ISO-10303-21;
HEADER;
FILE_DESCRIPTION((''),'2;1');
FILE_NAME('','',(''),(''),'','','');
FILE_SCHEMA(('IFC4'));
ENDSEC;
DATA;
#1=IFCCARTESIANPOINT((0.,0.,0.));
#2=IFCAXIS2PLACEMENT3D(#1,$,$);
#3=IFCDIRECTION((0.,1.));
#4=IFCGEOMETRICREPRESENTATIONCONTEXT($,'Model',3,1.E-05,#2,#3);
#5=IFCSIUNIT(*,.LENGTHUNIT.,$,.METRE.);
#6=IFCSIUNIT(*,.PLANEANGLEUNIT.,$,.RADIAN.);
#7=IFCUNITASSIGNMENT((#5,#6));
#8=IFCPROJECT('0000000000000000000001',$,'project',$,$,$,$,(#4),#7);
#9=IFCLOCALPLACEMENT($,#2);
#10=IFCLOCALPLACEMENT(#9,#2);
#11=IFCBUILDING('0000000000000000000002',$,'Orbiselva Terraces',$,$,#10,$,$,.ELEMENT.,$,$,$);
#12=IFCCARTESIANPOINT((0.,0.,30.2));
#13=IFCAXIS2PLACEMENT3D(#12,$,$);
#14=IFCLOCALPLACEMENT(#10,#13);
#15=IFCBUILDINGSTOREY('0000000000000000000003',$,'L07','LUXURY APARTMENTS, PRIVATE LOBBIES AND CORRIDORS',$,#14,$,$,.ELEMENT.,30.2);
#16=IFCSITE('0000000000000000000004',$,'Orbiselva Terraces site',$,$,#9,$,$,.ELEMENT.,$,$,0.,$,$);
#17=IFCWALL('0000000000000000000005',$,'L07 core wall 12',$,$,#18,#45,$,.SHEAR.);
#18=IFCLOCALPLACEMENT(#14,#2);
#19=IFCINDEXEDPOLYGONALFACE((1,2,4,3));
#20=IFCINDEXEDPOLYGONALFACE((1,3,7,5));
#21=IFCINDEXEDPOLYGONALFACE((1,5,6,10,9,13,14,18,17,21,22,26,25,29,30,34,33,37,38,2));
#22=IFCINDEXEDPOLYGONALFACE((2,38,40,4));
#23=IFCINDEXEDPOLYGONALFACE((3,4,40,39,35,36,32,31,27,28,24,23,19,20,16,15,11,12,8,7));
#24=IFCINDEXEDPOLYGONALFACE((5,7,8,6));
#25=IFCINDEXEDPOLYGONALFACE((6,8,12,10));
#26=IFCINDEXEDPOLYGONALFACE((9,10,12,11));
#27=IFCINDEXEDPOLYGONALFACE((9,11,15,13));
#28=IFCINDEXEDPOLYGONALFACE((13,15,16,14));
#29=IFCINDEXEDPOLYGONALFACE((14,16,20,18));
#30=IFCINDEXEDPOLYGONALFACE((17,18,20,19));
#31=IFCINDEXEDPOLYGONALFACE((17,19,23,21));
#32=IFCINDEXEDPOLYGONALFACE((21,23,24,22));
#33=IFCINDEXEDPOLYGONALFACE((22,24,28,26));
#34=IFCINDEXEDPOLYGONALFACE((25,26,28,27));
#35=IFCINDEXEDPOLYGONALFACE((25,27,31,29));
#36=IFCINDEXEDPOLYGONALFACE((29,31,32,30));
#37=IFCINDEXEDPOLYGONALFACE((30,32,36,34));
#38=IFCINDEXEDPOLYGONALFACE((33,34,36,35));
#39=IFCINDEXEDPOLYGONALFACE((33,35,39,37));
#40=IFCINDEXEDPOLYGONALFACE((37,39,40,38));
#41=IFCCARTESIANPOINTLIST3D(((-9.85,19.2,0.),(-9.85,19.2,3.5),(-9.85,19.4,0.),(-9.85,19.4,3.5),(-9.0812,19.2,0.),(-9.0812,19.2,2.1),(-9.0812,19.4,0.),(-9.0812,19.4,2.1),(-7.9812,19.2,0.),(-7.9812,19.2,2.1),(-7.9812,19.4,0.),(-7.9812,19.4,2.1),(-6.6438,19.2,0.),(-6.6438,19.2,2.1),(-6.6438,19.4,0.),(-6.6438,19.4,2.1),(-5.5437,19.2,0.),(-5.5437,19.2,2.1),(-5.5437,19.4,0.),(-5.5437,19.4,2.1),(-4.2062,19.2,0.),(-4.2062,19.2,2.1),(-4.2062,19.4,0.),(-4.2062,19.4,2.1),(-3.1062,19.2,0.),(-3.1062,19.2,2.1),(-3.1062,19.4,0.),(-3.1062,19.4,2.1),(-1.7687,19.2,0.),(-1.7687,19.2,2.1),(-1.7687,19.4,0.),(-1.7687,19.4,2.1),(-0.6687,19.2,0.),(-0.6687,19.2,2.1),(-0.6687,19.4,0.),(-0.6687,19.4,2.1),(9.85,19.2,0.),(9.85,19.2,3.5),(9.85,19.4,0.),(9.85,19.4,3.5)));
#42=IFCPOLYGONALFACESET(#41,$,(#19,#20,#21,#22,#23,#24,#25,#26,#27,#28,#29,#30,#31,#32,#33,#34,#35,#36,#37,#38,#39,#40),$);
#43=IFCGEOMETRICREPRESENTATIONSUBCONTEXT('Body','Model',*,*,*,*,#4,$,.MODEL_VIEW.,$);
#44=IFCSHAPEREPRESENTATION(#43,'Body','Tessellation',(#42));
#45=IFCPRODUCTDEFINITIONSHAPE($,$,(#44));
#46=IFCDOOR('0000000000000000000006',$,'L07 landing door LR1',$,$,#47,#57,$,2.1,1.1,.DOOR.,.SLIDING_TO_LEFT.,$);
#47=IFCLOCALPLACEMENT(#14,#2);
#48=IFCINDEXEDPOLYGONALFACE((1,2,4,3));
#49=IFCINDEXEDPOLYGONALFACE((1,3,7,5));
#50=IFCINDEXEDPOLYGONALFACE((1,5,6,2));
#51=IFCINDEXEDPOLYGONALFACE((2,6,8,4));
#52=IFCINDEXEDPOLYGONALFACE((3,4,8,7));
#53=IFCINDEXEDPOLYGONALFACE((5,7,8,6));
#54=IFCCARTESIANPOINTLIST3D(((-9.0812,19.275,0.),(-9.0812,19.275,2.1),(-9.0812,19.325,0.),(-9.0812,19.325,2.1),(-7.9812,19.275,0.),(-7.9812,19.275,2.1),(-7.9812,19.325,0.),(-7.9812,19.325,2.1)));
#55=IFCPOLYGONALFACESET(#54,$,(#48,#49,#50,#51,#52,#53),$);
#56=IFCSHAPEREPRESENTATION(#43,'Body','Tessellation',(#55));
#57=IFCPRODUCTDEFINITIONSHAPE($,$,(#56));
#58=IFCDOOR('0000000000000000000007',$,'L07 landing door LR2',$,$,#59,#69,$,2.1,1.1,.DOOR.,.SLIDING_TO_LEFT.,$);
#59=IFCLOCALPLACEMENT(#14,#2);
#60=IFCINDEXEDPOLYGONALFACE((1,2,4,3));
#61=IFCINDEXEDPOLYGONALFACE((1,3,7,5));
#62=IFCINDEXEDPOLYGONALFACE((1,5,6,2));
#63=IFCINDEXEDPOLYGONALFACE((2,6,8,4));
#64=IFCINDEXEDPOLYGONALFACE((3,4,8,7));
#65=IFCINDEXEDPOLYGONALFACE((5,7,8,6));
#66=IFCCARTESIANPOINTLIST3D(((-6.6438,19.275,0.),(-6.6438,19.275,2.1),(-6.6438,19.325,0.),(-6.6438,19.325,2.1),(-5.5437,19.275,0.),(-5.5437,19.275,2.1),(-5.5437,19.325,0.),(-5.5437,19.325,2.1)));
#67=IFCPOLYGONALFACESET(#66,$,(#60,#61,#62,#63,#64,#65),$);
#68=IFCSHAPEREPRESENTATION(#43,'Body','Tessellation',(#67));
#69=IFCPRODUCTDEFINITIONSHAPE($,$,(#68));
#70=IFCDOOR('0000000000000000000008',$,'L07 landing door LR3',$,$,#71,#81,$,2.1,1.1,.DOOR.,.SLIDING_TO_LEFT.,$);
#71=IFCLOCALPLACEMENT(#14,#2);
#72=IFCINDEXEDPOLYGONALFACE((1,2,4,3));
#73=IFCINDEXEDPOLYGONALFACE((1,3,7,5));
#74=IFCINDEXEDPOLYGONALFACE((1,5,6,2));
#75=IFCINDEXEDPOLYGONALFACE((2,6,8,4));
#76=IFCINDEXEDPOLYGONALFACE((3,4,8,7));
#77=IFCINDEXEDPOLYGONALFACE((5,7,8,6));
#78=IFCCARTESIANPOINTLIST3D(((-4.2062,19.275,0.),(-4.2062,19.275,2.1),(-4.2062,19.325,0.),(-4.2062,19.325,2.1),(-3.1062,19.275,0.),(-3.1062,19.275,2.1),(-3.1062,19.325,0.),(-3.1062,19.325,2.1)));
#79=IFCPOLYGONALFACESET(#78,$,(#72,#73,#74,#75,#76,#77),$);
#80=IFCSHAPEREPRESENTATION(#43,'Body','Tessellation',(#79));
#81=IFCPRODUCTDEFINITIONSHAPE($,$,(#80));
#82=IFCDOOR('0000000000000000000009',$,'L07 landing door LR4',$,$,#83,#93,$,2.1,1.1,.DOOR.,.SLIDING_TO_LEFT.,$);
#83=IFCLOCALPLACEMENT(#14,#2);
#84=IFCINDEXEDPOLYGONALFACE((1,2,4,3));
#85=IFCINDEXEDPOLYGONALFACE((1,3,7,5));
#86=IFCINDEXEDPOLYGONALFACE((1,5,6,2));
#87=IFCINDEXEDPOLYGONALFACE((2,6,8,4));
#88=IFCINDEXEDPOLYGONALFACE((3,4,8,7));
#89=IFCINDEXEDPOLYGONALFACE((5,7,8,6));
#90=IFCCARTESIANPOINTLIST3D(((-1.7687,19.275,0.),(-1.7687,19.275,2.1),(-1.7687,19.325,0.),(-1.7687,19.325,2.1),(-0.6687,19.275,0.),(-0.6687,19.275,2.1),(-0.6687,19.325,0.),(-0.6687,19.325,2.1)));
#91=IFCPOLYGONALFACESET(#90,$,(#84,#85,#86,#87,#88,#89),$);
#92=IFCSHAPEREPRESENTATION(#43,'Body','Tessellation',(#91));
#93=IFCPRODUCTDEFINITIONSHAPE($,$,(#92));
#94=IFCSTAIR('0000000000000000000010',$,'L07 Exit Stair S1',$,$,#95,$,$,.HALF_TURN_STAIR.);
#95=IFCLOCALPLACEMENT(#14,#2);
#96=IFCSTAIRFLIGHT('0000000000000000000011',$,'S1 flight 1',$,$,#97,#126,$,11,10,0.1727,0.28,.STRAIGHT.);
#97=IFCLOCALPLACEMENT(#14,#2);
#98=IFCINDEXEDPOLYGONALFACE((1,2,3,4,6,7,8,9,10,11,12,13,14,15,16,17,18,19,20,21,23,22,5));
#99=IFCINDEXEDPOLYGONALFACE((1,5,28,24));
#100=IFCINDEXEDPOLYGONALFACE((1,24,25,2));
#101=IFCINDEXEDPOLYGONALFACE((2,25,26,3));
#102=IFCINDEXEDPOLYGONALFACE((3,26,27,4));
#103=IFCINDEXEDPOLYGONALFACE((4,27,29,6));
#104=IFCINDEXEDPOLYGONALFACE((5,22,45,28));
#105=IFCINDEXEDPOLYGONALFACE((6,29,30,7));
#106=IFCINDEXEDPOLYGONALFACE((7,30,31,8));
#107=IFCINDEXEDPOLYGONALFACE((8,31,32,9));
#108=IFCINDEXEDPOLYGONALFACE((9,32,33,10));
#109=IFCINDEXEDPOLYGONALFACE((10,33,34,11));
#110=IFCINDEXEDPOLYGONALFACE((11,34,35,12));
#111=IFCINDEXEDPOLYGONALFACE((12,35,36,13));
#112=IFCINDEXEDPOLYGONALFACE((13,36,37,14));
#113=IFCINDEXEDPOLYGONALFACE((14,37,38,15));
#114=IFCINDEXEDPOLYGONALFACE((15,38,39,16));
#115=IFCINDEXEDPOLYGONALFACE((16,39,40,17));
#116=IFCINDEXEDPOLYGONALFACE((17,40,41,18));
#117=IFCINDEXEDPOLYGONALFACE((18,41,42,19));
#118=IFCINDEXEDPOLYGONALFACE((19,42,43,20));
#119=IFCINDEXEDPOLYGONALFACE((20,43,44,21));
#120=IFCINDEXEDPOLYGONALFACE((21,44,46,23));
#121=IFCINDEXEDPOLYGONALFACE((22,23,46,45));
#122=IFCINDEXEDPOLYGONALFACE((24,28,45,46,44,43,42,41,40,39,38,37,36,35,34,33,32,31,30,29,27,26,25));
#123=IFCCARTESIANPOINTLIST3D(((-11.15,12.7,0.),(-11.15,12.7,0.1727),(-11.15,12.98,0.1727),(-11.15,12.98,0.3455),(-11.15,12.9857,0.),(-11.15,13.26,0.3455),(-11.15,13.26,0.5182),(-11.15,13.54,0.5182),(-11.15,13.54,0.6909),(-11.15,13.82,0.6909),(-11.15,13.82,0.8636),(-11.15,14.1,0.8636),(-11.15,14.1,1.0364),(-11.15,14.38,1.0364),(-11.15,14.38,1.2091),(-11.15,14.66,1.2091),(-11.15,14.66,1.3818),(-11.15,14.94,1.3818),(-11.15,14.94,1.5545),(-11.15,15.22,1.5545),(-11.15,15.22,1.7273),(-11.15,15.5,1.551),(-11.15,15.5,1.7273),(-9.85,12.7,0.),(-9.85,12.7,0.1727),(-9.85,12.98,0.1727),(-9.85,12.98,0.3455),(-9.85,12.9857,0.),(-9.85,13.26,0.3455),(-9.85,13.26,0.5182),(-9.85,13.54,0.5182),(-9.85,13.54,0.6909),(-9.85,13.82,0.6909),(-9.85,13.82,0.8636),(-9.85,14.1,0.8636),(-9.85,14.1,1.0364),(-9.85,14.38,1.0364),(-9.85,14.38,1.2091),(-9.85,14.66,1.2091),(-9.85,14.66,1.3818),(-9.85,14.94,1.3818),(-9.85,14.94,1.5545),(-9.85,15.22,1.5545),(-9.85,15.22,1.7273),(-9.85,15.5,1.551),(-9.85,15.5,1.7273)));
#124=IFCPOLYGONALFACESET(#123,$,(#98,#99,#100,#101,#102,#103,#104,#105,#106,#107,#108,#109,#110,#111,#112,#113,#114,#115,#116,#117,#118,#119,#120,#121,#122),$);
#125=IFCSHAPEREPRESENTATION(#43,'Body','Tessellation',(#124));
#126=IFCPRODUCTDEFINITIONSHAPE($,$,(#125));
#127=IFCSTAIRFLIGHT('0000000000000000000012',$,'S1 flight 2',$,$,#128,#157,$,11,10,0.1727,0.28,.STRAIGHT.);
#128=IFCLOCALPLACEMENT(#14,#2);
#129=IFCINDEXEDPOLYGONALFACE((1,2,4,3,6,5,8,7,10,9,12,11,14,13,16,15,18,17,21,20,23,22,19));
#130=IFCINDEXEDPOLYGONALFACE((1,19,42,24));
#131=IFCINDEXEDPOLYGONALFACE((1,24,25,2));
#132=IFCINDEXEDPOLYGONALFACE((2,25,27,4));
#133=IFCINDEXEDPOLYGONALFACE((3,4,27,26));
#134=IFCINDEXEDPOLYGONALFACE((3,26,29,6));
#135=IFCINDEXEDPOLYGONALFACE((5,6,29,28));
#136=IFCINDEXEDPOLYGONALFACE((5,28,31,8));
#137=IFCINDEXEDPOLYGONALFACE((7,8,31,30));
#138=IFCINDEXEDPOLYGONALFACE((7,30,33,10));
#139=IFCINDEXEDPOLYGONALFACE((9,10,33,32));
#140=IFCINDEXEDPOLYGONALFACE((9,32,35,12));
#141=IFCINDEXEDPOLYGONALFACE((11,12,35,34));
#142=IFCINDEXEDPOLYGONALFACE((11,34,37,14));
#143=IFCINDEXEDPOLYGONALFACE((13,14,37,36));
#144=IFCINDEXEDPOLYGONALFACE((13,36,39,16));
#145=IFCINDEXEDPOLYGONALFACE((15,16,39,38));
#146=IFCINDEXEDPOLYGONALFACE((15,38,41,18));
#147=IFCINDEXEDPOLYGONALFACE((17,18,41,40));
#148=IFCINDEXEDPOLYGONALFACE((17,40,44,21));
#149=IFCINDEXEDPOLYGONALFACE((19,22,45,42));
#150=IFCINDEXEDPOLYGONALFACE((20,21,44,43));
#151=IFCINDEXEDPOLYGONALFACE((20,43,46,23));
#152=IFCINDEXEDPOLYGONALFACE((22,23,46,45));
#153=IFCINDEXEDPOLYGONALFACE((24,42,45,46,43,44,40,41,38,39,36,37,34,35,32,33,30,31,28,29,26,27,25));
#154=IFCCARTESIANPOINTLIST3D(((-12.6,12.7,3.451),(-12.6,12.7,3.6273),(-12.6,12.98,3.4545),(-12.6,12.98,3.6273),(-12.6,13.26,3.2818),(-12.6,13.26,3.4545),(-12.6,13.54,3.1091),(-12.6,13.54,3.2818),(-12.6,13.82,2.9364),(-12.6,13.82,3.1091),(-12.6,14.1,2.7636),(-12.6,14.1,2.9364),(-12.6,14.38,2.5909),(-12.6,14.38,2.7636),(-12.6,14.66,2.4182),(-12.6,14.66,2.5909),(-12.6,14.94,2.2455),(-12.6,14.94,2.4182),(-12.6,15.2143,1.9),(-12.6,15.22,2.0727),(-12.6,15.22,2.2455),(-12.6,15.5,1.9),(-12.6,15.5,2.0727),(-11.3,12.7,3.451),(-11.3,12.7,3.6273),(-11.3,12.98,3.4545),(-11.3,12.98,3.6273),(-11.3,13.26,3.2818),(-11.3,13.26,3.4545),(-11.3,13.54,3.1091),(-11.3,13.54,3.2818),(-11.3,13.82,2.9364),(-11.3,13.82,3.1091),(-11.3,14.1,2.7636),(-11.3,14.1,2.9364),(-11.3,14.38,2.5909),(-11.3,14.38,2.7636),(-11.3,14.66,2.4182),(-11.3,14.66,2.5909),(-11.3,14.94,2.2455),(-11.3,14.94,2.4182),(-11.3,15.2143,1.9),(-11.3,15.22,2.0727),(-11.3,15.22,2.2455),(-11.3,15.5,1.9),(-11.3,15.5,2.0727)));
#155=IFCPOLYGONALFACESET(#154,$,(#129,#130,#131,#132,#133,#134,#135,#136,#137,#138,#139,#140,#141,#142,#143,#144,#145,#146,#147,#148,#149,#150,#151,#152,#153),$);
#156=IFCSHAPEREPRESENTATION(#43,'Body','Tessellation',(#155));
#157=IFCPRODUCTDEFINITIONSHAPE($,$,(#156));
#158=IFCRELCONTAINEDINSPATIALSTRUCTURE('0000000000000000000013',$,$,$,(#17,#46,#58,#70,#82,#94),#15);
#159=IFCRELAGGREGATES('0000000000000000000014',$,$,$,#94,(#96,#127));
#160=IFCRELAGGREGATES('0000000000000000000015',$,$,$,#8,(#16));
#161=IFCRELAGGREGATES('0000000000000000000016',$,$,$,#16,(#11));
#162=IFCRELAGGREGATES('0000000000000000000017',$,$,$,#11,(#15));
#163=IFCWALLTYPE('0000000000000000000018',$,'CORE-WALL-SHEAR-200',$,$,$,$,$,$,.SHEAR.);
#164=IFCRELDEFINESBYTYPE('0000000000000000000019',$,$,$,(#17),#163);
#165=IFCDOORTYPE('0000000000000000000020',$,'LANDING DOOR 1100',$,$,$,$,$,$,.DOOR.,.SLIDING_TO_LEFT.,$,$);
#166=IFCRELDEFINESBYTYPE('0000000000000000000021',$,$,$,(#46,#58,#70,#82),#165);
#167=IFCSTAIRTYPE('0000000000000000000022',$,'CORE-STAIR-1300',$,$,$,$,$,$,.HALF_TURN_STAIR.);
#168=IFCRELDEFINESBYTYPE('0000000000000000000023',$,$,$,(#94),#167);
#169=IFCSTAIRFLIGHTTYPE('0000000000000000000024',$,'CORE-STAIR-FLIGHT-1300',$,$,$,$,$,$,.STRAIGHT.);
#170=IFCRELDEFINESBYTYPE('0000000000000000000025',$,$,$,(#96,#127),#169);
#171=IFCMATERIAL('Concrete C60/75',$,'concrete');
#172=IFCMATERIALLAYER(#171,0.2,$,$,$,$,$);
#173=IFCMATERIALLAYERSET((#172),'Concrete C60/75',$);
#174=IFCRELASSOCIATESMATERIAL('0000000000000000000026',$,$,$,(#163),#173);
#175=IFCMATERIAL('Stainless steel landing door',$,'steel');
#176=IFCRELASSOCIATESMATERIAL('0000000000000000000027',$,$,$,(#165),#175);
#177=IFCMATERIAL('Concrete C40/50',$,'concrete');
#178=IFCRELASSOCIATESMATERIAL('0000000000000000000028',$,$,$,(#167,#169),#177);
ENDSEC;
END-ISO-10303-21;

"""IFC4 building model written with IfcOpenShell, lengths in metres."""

from ifc_helpers import new_model, si_unit, direction, frame, frame_2d, origin, place, context, subcontext, project, spatial, polyline, rectangle, outline, extrude, material, layer, layer_set, type_object, element, fill, aggregate, save


model = new_model("IFC4")

# Units and contexts
model_context = context("Model", 3, precision=1e-05, world=origin(), true_north=direction((0.0, 1.0)))
body_context = subcontext(model_context, "Body", "Model", "MODEL_VIEW")
ifc_project = project(units=[si_unit("LENGTHUNIT", "METRE"), si_unit("PLANEANGLEUNIT", "RADIAN")], contexts=[model_context])

# Site, building, storey
site_placement = place(None, origin())
site = spatial("IfcSite", under=ifc_project, at=site_placement, Name="Orbiselva Terraces site", CompositionType="ELEMENT", RefElevation=0.0)
building_placement = place(site_placement, origin())
building = spatial("IfcBuilding", under=site, at=building_placement, Name="Orbiselva Terraces", CompositionType="ELEMENT")
storey_placement = place(building_placement, frame((0.0, 0.0, 30.2)))
storey = spatial("IfcBuildingStorey", under=building, at=storey_placement, Name="L07", Description="LUXURY APARTMENTS, PRIVATE LOBBIES AND CORRIDORS", CompositionType="ELEMENT", Elevation=30.2)

# Shared definitions
ifc_material_1 = material(Name="Concrete C40/50", Category="concrete")
ifc_material_2 = material(Name="Concrete C60/75", Category="concrete")
ifc_layer_1 = layer(ifc_material_2, 0.2)
ifc_layer_set_1 = layer_set([ifc_layer_1], Name="Concrete C60/75")
wall_type_1 = type_object("IfcWallType", Name="CORE-WALL-SHEAR-200", PredefinedType="SHEAR", material=ifc_layer_set_1)

# Wall, openings, doors
wall_1_placement = place(storey_placement, frame((-9.85, 19.3, 0.0), z_axis=(0.0, 0.0, 1.0), x_axis=(1.0, 0.0, 0.0)))
wall_1 = element("IfcWall", 1, at=wall_1_placement, inside=storey, type_object=wall_type_1, Name="L07 core wall 12", PredefinedType="SHEAR", context=body_context, shape_type="SweptSolid", body=[
    extrude(rectangle(XDim=19.7, YDim=0.2, at=frame_2d((9.85, 0.0))), origin(), (0.0, 0.0, 1.0), 3.5),
])
opening_1_placement = place(wall_1_placement, frame((0.7688, 0.0, 0.0)))
opening_1 = element("IfcOpeningElement", 2, at=opening_1_placement, cuts=wall_1, PredefinedType="OPENING", context=body_context, shape_type="SweptSolid", body=[
    extrude(rectangle(XDim=1.1, YDim=2.1, at=frame_2d((0.55, 1.05))), frame((0.0, 0.11, 0.0), z_axis=(0.0, -1.0, 0.0), x_axis=(1.0, 0.0, 0.0)), (0.0, 0.0, 1.0), 0.22),
])
opening_2_placement = place(wall_1_placement, frame((3.2062, 0.0, 0.0)))
opening_2 = element("IfcOpeningElement", 3, at=opening_2_placement, cuts=wall_1, PredefinedType="OPENING", context=body_context, shape_type="SweptSolid", body=[
    extrude(rectangle(XDim=1.1, YDim=2.1, at=frame_2d((0.55, 1.05))), frame((0.0, 0.11, 0.0), z_axis=(0.0, -1.0, 0.0), x_axis=(1.0, 0.0, 0.0)), (0.0, 0.0, 1.0), 0.22),
])
opening_3_placement = place(wall_1_placement, frame((5.6437, 0.0, 0.0)))
opening_3 = element("IfcOpeningElement", 4, at=opening_3_placement, cuts=wall_1, PredefinedType="OPENING", context=body_context, shape_type="SweptSolid", body=[
    extrude(rectangle(XDim=1.1, YDim=2.1, at=frame_2d((0.55, 1.05))), frame((0.0, 0.11, 0.0), z_axis=(0.0, -1.0, 0.0), x_axis=(1.0, 0.0, 0.0)), (0.0, 0.0, 1.0), 0.22),
])
opening_4_placement = place(wall_1_placement, frame((8.0813, 0.0, 0.0)))
opening_4 = element("IfcOpeningElement", 5, at=opening_4_placement, cuts=wall_1, PredefinedType="OPENING", context=body_context, shape_type="SweptSolid", body=[
    extrude(rectangle(XDim=1.1, YDim=2.1, at=frame_2d((0.55, 1.05))), frame((0.0, 0.11, 0.0), z_axis=(0.0, -1.0, 0.0), x_axis=(1.0, 0.0, 0.0)), (0.0, 0.0, 1.0), 0.22),
])
ifc_material_3 = material(Name="Stainless steel landing door", Category="steel")
door_type_1 = type_object("IfcDoorType", Name="LANDING DOOR 1100", OperationType="SLIDING_TO_LEFT", PredefinedType="DOOR", material=ifc_material_3)
door_1_placement = place(opening_1_placement, origin())
door_1 = element("IfcDoor", 6, at=door_1_placement, inside=storey, type_object=door_type_1, Name="L07 landing door LR1", OperationType="SLIDING_TO_LEFT", OverallHeight=2.1, OverallWidth=1.1, PredefinedType="DOOR", context=body_context, shape_type="SweptSolid", body=[
    extrude(rectangle(XDim=1.1, YDim=2.1, at=frame_2d((0.55, 1.05))), frame((0.0, 0.025, 0.0), z_axis=(0.0, -1.0, 0.0), x_axis=(1.0, 0.0, 0.0)), (0.0, 0.0, 1.0), 0.05),
])
fill(opening_1, door_1)
door_2_placement = place(opening_2_placement, origin())
door_2 = element("IfcDoor", 7, at=door_2_placement, inside=storey, type_object=door_type_1, Name="L07 landing door LR2", OperationType="SLIDING_TO_LEFT", OverallHeight=2.1, OverallWidth=1.1, PredefinedType="DOOR", context=body_context, shape_type="SweptSolid", body=[
    extrude(rectangle(XDim=1.1, YDim=2.1, at=frame_2d((0.55, 1.05))), frame((0.0, 0.025, 0.0), z_axis=(0.0, -1.0, 0.0), x_axis=(1.0, 0.0, 0.0)), (0.0, 0.0, 1.0), 0.05),
])
fill(opening_2, door_2)
door_3_placement = place(opening_3_placement, origin())
door_3 = element("IfcDoor", 8, at=door_3_placement, inside=storey, type_object=door_type_1, Name="L07 landing door LR3", OperationType="SLIDING_TO_LEFT", OverallHeight=2.1, OverallWidth=1.1, PredefinedType="DOOR", context=body_context, shape_type="SweptSolid", body=[
    extrude(rectangle(XDim=1.1, YDim=2.1, at=frame_2d((0.55, 1.05))), frame((0.0, 0.025, 0.0), z_axis=(0.0, -1.0, 0.0), x_axis=(1.0, 0.0, 0.0)), (0.0, 0.0, 1.0), 0.05),
])
fill(opening_3, door_3)
door_4_placement = place(opening_4_placement, origin())
door_4 = element("IfcDoor", 9, at=door_4_placement, inside=storey, type_object=door_type_1, Name="L07 landing door LR4", OperationType="SLIDING_TO_LEFT", OverallHeight=2.1, OverallWidth=1.1, PredefinedType="DOOR", context=body_context, shape_type="SweptSolid", body=[
    extrude(rectangle(XDim=1.1, YDim=2.1, at=frame_2d((0.55, 1.05))), frame((0.0, 0.025, 0.0), z_axis=(0.0, -1.0, 0.0), x_axis=(1.0, 0.0, 0.0)), (0.0, 0.0, 1.0), 0.05),
])
fill(opening_4, door_4)

# Stair, stair flights
stair_type = type_object("IfcStairType", Name="CORE-STAIR-1300", PredefinedType="HALF_TURN_STAIR", material=ifc_material_1)
stair_placement = place(storey_placement, origin())
stair = element("IfcStair", 10, at=stair_placement, inside=storey, type_object=stair_type, Name="L07 Exit Stair S1", PredefinedType="HALF_TURN_STAIR")
stair_flight_type = type_object("IfcStairFlightType", Name="CORE-STAIR-FLIGHT-1300", PredefinedType="STRAIGHT", material=ifc_material_1)
stair_flight_1_placement = place(storey_placement, frame((-10.5, 12.7, 0.0), z_axis=(0.0, 0.0, 1.0), x_axis=(0.0, 1.0, 0.0)))
stair_flight_1 = element("IfcStairFlight", 11, at=stair_flight_1_placement, type_object=stair_flight_type, Name="S1 flight 1", NumberOfRisers=11, NumberOfTreads=10, PredefinedType="STRAIGHT", RiserHeight=0.1727, TreadLength=0.28, context=body_context, shape_type="SweptSolid", body=[
    extrude(outline(polyline([(0.0, 0.0), (0.0, 0.1727), (0.28, 0.1727), (0.28, 0.3455), (0.56, 0.3455), (0.56, 0.5182), (0.84, 0.5182), (0.84, 0.6909), (1.12, 0.6909), (1.12, 0.8636), (1.4, 0.8636), (1.4, 1.0364), (1.68, 1.0364), (1.68, 1.2091), (1.96, 1.2091), (1.96, 1.3818), (2.24, 1.3818), (2.24, 1.5545), (2.52, 1.5545), (2.52, 1.7273), (2.8, 1.7273), (2.8, 1.9), (2.8, 1.551), (0.2857, 0.0), (0.0, 0.0)])), frame((0.0, 0.65, 0.0), z_axis=(0.0, -1.0, 0.0), x_axis=(1.0, 0.0, 0.0)), (0.0, 0.0, 1.0), 1.3),
])
stair_flight_2_placement = place(storey_placement, frame((-11.95, 15.5, 1.9), z_axis=(0.0, 0.0, 1.0), x_axis=(0.0, -1.0, 0.0)))
stair_flight_2 = element("IfcStairFlight", 12, at=stair_flight_2_placement, type_object=stair_flight_type, Name="S1 flight 2", NumberOfRisers=11, NumberOfTreads=10, PredefinedType="STRAIGHT", RiserHeight=0.1727, TreadLength=0.28, context=body_context, shape_type="SweptSolid", body=[
    extrude(outline(polyline([(0.0, 0.0), (0.0, 0.1727), (0.28, 0.1727), (0.28, 0.3455), (0.56, 0.3455), (0.56, 0.5182), (0.84, 0.5182), (0.84, 0.6909), (1.12, 0.6909), (1.12, 0.8636), (1.4, 0.8636), (1.4, 1.0364), (1.68, 1.0364), (1.68, 1.2091), (1.96, 1.2091), (1.96, 1.3818), (2.24, 1.3818), (2.24, 1.5545), (2.52, 1.5545), (2.52, 1.7273), (2.8, 1.7273), (2.8, 1.9), (2.8, 1.551), (0.2857, 0.0), (0.0, 0.0)])), frame((0.0, 0.65, 0.0), z_axis=(0.0, -1.0, 0.0), x_axis=(1.0, 0.0, 0.0)), (0.0, 0.0, 1.0), 1.3),
])
aggregate(stair, [stair_flight_1, stair_flight_2])

save(model, "model.ifc")
